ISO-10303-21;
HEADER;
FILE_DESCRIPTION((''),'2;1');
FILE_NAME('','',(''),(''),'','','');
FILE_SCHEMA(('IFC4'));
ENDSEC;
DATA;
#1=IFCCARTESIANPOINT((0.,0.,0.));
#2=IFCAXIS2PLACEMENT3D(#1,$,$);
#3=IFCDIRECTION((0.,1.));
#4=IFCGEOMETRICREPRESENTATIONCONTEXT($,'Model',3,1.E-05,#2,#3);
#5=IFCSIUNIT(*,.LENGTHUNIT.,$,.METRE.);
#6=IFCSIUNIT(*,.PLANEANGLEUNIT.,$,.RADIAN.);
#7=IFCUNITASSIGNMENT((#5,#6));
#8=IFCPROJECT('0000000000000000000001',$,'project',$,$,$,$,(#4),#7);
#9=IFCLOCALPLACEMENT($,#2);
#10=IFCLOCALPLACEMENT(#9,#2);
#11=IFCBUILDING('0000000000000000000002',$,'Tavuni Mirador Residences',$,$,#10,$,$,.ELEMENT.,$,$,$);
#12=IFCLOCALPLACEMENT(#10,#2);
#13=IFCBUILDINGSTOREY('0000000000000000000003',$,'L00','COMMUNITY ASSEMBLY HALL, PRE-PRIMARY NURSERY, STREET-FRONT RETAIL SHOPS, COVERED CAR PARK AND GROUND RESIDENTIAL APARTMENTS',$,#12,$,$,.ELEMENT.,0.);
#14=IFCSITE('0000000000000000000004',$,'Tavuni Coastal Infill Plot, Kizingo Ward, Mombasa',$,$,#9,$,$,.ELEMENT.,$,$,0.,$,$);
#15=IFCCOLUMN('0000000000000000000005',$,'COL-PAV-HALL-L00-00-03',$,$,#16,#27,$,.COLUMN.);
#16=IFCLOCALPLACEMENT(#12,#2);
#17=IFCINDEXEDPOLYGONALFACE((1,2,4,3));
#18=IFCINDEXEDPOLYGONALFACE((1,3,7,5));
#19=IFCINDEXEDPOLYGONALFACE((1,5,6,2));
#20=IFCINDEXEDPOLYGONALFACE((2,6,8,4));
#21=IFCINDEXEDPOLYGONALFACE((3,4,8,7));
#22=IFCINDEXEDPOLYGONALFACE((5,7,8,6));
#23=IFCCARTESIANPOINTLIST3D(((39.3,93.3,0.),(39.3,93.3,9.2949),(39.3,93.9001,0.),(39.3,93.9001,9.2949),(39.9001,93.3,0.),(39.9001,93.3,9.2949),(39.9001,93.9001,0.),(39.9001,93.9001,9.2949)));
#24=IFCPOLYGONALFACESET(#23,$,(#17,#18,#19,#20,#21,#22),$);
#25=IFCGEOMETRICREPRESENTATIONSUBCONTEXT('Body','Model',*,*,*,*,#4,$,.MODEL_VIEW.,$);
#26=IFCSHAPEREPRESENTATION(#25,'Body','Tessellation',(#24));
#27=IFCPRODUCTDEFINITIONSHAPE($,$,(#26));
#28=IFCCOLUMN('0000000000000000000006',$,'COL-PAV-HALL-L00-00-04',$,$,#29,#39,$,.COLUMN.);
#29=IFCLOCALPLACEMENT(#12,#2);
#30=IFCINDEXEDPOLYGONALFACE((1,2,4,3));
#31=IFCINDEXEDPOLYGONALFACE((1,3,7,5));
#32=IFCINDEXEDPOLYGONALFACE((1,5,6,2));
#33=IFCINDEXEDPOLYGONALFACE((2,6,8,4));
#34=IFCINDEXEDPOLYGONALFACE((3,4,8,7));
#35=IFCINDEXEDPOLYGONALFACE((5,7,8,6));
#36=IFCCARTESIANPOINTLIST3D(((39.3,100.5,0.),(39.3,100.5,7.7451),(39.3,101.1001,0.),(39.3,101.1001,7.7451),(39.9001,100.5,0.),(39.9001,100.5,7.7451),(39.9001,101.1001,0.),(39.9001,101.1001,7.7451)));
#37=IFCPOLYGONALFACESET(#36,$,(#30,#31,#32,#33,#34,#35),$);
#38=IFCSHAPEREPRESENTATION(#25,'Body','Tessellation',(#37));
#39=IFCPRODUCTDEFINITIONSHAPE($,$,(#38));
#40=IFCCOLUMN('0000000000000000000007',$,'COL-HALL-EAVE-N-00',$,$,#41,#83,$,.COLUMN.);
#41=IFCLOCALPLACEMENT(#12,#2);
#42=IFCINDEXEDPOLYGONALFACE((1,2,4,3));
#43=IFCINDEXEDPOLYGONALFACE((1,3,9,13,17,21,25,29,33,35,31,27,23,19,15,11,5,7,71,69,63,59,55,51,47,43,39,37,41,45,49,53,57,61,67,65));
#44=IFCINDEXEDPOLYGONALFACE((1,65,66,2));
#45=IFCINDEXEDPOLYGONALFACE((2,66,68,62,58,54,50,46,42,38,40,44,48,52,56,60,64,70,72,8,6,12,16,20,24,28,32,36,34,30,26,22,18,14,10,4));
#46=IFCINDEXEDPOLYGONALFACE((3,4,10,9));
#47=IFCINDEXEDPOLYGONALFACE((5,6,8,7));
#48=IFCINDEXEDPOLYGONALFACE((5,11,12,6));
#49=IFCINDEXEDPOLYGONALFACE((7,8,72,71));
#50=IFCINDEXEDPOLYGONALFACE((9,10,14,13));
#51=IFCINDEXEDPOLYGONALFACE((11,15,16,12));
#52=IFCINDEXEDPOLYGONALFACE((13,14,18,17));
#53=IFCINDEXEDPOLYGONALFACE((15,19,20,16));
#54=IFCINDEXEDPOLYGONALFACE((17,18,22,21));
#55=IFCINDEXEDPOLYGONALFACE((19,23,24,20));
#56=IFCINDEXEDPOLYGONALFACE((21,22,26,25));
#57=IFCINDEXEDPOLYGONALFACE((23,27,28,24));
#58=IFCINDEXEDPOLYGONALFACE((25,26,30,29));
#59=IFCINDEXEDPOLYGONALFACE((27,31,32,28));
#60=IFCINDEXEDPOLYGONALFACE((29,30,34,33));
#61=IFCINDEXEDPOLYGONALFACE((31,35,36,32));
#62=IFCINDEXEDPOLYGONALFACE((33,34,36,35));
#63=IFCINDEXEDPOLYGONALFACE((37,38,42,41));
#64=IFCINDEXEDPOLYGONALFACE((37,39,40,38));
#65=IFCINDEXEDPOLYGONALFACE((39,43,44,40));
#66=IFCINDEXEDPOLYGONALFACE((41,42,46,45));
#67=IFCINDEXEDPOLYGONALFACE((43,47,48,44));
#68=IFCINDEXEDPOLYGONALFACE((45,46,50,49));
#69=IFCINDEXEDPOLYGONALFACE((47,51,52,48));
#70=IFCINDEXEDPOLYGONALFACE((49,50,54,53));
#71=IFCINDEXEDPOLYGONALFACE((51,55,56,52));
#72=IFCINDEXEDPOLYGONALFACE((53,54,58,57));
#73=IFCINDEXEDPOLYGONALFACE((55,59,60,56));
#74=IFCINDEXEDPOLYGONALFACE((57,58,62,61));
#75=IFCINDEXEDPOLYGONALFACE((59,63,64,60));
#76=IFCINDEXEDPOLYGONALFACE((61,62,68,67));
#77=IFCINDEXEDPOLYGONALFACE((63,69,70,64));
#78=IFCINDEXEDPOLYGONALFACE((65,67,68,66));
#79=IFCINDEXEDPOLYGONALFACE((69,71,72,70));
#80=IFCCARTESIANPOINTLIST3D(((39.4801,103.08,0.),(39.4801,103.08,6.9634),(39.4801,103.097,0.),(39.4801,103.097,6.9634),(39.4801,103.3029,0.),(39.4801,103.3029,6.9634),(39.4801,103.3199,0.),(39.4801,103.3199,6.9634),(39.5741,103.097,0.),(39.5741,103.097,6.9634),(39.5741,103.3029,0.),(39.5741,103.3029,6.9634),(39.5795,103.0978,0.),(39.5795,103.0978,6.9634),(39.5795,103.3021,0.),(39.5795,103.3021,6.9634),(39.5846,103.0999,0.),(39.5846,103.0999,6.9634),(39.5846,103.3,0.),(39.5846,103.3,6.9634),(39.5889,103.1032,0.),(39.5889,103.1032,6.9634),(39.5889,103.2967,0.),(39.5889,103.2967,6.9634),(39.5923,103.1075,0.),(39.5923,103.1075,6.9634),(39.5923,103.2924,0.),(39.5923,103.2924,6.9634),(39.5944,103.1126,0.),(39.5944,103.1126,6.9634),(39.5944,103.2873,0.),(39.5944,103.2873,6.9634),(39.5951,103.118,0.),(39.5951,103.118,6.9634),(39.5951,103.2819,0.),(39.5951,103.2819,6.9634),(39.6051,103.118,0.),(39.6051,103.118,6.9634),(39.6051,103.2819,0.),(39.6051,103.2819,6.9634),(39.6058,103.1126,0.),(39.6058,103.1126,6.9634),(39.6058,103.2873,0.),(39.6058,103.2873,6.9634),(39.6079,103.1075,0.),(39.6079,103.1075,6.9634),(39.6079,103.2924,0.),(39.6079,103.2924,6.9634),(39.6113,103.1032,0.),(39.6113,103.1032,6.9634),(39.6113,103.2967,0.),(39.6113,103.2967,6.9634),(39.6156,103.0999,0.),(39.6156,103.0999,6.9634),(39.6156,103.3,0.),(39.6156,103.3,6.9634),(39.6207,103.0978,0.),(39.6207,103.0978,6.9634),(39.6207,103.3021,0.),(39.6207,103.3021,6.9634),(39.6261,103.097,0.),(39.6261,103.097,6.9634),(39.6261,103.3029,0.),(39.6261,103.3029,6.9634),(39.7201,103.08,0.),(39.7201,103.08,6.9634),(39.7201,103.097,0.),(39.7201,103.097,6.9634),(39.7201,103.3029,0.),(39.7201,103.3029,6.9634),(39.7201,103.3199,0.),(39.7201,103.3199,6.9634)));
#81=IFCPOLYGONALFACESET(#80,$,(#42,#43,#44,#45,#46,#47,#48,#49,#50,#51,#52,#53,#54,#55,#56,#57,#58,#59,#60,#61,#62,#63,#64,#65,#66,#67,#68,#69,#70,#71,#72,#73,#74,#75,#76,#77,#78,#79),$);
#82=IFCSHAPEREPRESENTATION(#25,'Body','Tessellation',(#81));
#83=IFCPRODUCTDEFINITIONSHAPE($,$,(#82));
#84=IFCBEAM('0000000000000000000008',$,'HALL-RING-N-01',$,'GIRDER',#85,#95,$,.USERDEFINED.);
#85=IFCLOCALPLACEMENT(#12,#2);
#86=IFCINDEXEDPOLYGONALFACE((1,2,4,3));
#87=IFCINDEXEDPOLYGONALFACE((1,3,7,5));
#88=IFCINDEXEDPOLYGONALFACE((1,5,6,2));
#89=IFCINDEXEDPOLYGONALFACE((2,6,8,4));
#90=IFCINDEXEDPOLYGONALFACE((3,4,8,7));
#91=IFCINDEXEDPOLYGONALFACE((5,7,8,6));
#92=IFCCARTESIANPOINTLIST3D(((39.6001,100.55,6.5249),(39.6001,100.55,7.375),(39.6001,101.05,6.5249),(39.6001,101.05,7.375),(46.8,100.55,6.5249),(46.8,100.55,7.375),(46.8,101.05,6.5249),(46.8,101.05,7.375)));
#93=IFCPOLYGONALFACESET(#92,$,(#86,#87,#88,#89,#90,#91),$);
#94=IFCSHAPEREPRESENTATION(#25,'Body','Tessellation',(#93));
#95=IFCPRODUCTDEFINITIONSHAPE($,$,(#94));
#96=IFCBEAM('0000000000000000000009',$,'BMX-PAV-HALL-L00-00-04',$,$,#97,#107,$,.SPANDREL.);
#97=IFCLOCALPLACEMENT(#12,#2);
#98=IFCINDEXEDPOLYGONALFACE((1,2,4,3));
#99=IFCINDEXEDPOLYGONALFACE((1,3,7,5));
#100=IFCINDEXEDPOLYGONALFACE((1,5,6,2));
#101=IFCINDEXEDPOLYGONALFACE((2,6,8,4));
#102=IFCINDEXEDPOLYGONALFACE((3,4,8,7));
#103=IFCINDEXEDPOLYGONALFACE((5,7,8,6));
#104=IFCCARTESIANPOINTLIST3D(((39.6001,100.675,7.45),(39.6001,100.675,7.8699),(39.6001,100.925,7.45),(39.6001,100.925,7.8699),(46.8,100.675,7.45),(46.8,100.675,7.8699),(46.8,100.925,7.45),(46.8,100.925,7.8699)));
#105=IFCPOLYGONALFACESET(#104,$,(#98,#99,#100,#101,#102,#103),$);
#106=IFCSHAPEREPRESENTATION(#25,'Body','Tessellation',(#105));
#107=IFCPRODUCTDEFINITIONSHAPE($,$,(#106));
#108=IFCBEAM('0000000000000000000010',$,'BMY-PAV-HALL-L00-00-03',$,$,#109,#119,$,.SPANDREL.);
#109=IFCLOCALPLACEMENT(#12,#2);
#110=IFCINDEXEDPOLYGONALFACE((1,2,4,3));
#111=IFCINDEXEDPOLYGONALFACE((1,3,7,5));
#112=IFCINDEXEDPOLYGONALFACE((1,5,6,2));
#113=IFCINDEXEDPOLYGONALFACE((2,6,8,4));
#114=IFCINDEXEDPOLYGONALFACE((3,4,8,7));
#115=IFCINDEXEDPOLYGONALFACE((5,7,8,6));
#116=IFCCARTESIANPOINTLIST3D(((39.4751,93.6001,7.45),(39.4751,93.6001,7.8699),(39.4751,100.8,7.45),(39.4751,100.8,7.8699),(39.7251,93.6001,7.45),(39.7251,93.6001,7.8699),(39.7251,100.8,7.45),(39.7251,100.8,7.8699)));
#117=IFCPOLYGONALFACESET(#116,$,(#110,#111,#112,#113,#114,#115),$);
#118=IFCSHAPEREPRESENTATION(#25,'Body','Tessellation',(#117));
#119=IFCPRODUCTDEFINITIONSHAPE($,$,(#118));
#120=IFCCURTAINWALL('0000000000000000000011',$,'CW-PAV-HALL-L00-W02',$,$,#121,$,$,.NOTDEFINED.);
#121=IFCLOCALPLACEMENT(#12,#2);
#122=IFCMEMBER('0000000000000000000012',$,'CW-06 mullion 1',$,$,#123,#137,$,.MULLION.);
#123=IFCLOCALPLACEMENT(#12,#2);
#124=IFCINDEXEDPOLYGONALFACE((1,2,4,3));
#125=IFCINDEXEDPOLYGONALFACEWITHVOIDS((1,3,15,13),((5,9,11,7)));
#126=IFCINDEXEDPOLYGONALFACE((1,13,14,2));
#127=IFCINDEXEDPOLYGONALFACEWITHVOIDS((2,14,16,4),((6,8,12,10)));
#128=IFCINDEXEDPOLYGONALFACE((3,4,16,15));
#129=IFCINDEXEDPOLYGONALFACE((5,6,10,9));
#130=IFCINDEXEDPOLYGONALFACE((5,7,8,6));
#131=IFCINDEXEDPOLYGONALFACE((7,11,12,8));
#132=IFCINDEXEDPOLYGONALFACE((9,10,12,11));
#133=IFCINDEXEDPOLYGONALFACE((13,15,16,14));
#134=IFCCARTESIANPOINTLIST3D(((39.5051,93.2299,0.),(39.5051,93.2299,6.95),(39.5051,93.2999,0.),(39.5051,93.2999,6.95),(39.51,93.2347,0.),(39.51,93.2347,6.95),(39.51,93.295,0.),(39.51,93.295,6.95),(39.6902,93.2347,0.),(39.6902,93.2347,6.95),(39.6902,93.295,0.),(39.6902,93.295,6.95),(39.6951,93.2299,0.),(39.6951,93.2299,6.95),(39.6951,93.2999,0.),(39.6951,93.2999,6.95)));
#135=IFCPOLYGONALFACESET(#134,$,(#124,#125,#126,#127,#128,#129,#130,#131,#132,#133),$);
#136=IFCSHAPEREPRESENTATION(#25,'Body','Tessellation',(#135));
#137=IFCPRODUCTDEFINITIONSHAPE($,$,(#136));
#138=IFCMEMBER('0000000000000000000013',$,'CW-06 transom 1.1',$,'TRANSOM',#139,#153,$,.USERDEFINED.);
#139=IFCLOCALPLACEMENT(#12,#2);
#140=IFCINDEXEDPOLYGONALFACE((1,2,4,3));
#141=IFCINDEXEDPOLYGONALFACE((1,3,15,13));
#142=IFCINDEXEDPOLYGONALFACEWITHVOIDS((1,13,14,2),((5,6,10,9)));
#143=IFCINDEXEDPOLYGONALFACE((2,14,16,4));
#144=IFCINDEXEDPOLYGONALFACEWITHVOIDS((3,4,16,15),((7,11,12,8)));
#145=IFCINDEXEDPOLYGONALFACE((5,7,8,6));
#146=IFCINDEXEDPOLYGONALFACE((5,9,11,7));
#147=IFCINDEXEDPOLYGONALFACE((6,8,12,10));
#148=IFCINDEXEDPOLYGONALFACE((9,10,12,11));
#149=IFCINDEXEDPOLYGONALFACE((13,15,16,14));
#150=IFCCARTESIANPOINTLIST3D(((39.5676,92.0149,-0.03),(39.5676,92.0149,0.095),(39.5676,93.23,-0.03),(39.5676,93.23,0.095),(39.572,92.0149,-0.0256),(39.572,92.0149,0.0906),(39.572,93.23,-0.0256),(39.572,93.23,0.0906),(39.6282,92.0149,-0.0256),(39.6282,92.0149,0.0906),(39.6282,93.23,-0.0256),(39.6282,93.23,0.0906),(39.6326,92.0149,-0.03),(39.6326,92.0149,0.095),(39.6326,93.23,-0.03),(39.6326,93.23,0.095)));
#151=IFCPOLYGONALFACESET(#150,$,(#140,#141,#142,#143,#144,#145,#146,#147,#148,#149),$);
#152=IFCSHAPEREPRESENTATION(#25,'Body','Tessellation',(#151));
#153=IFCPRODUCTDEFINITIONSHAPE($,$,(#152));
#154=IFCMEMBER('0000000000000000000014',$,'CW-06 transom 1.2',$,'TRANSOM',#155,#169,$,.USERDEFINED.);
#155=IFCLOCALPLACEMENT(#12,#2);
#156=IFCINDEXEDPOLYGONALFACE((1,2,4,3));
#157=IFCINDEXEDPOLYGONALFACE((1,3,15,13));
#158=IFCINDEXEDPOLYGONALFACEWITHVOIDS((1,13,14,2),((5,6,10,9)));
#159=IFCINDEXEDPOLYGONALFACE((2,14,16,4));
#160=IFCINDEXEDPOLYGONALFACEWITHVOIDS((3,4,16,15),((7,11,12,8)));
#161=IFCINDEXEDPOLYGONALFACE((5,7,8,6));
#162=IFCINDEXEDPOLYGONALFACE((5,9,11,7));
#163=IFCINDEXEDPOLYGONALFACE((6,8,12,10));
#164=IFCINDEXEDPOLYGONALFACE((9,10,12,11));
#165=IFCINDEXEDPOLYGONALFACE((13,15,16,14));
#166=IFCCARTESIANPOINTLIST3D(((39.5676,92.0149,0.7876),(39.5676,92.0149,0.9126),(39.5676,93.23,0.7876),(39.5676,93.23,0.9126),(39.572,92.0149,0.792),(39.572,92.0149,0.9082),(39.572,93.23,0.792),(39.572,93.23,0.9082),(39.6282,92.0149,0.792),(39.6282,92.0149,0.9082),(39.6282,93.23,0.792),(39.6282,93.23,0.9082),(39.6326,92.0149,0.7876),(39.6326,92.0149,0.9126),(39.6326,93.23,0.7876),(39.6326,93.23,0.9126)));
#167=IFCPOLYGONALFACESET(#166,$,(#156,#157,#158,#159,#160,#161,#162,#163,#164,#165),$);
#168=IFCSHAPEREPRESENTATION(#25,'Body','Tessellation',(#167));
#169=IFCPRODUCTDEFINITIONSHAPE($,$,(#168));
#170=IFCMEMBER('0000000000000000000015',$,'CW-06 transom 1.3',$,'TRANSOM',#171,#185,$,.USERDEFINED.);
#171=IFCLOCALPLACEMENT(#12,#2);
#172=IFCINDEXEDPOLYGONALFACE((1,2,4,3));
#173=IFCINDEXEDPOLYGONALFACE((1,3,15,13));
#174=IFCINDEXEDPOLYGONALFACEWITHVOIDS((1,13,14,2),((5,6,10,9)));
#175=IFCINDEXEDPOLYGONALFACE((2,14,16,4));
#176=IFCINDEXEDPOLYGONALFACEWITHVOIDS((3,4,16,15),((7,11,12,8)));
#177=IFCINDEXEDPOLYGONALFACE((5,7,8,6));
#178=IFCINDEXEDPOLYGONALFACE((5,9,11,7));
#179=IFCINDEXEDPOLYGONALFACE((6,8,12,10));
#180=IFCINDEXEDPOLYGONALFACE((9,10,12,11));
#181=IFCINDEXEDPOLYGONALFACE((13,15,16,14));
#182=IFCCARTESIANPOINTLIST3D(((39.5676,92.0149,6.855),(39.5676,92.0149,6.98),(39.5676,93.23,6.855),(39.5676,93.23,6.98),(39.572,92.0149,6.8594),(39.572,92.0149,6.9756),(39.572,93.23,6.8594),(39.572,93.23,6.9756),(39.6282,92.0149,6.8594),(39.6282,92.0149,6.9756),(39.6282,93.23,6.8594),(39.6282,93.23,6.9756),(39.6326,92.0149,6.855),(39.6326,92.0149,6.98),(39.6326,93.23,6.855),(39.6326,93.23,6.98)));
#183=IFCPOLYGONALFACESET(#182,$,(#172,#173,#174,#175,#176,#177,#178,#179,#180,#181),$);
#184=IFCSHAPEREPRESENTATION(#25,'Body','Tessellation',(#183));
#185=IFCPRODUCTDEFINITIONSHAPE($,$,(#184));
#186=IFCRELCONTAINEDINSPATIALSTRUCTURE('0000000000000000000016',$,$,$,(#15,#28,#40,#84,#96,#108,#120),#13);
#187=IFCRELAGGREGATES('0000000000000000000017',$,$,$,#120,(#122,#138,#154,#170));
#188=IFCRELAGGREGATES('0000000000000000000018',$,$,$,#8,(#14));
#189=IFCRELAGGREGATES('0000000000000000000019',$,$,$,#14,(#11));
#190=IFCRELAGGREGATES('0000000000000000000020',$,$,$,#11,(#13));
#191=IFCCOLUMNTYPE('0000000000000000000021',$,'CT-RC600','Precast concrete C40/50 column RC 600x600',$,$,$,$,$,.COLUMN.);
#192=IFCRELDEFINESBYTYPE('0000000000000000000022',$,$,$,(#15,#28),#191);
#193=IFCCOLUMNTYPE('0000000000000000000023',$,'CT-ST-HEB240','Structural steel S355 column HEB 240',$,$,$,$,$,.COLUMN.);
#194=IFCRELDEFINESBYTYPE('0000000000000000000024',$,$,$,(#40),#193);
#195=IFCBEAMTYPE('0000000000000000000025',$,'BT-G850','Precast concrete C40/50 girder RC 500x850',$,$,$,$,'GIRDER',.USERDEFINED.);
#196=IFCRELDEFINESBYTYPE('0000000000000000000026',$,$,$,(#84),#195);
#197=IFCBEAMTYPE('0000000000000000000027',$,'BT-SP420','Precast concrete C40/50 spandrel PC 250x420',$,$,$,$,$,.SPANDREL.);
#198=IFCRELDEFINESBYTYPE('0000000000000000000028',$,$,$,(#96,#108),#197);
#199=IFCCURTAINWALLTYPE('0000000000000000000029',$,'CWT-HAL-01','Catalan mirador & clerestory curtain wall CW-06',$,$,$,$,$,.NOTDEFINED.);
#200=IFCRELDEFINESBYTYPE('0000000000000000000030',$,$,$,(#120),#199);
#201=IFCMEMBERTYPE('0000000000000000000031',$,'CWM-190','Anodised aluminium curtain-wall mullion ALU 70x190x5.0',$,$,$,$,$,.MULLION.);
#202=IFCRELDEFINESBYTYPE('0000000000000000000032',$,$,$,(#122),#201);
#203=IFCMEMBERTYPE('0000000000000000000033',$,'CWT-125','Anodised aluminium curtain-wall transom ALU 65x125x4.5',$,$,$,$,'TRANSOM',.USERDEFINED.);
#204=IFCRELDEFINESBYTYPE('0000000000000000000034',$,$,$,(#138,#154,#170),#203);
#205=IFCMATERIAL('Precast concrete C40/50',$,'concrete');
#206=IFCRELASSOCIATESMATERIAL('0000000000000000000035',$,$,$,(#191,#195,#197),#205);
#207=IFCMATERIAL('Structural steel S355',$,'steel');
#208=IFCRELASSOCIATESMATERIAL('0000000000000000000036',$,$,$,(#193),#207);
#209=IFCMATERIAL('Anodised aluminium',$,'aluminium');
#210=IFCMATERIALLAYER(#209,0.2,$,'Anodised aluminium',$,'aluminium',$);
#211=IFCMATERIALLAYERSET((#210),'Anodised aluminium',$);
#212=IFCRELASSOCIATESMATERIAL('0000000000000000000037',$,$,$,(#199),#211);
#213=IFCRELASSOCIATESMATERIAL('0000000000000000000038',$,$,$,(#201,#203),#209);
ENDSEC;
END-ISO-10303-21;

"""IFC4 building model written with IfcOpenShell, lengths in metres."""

from ifc_helpers import new_model, si_unit, direction, frame, origin, origin_2d, place, context, subcontext, project, spatial, rectangle, hollow_rectangle, i_section, extrude, material, layer, layer_set, material_profile, profile_set, type_object, element, aggregate, save


model = new_model("IFC4")

# Units and contexts
model_context = context("Model", 3, precision=1e-05, world=origin(), true_north=direction((0.0, 1.0)))
body_context = subcontext(model_context, "Body", "Model", "MODEL_VIEW")
ifc_project = project(units=[si_unit("LENGTHUNIT", "METRE"), si_unit("PLANEANGLEUNIT", "RADIAN")], contexts=[model_context])

# Site, building, storey
site_placement = place(None, origin())
site = spatial("IfcSite", under=ifc_project, at=site_placement, Name="Tavuni Coastal Infill Plot, Kizingo Ward, Mombasa", CompositionType="ELEMENT", RefElevation=0.0)
building_placement = place(site_placement, origin())
building = spatial("IfcBuilding", under=site, at=building_placement, Name="Tavuni Mirador Residences", CompositionType="ELEMENT")
storey_placement = place(building_placement, origin())
storey = spatial("IfcBuildingStorey", under=building, at=storey_placement, Name="L00", Description="COMMUNITY ASSEMBLY HALL, PRE-PRIMARY NURSERY, STREET-FRONT RETAIL SHOPS, COVERED CAR PARK AND GROUND RESIDENTIAL APARTMENTS", CompositionType="ELEMENT", Elevation=0.0)

# Columns
ifc_material_1 = material(Name="Precast concrete C40/50", Category="concrete")
ifc_material_profile_1 = material_profile(ifc_material_1, rectangle(XDim=0.6001, YDim=0.6001, at=origin_2d()), Name="RC 600x600", Category="concrete")
ifc_profile_set_1 = profile_set([ifc_material_profile_1], Name="Precast concrete C40/50")
column_type_1 = type_object("IfcColumnType", Name="CT-RC600", Description="Precast concrete C40/50 column RC 600x600", PredefinedType="COLUMN", material=ifc_profile_set_1)
column_1_placement = place(storey_placement, frame((39.6001, 93.6001, 0.0), z_axis=(0.0, 0.0, 1.0), x_axis=(1.0, 0.0, 0.0)))
element("IfcColumn", 1, at=column_1_placement, inside=storey, type_object=column_type_1, Name="COL-PAV-HALL-L00-00-03", PredefinedType="COLUMN", context=body_context, shape_type="SweptSolid", body=[
    extrude(rectangle(XDim=0.6001, YDim=0.6001, at=origin_2d()), origin(), (0.0, 0.0, 1.0), 9.2949),
])
column_2_placement = place(storey_placement, frame((39.6001, 100.8, 0.0), z_axis=(0.0, 0.0, 1.0), x_axis=(1.0, 0.0, 0.0)))
element("IfcColumn", 2, at=column_2_placement, inside=storey, type_object=column_type_1, Name="COL-PAV-HALL-L00-00-04", PredefinedType="COLUMN", context=body_context, shape_type="SweptSolid", body=[
    extrude(rectangle(XDim=0.6001, YDim=0.6001, at=origin_2d()), origin(), (0.0, 0.0, 1.0), 7.7451),
])
ifc_material_2 = material(Name="Structural steel S355", Category="steel")
ifc_material_profile_2 = material_profile(ifc_material_2, i_section(OverallWidth=0.24, OverallDepth=0.24, WebThickness=0.01, FlangeThickness=0.0171, FilletRadius=0.021, at=origin_2d()), Name="HEB 240", Category="steel")
ifc_profile_set_2 = profile_set([ifc_material_profile_2], Name="Structural steel S355")
column_type_2 = type_object("IfcColumnType", Name="CT-ST-HEB240", Description="Structural steel S355 column HEB 240", PredefinedType="COLUMN", material=ifc_profile_set_2)
column_3_placement = place(storey_placement, frame((39.6001, 103.2, 0.0), z_axis=(0.0, 0.0, 1.0), x_axis=(1.0, 0.0, 0.0)))
element("IfcColumn", 3, at=column_3_placement, inside=storey, type_object=column_type_2, Name="COL-HALL-EAVE-N-00", PredefinedType="COLUMN", context=body_context, shape_type="SweptSolid", body=[
    extrude(i_section(OverallWidth=0.24, OverallDepth=0.24, WebThickness=0.01, FlangeThickness=0.0171, FilletRadius=0.021, at=origin_2d()), origin(), (0.0, 0.0, 1.0), 6.9634),
])

# Beams
ifc_material_profile_3 = material_profile(ifc_material_1, rectangle(XDim=0.5, YDim=0.8501, at=origin_2d()), Name="RC 500x850", Category="concrete")
ifc_profile_set_3 = profile_set([ifc_material_profile_3], Name="Precast concrete C40/50")
beam_type_1 = type_object("IfcBeamType", Name="BT-G850", Description="Precast concrete C40/50 girder RC 500x850", ElementType="GIRDER", PredefinedType="USERDEFINED", material=ifc_profile_set_3)
beam_placement = place(storey_placement, frame((39.6001, 100.8, 6.95), z_axis=(1.0, 0.0, 0.0), x_axis=(0.0, 1.0, 0.0)))
element("IfcBeam", 4, at=beam_placement, inside=storey, type_object=beam_type_1, Name="HALL-RING-N-01", ObjectType="GIRDER", PredefinedType="USERDEFINED", context=body_context, shape_type="SweptSolid", body=[
    extrude(rectangle(XDim=0.5, YDim=0.8501, at=origin_2d()), origin(), (0.0, 0.0, 1.0), 7.2),
])
ifc_material_profile_4 = material_profile(ifc_material_1, rectangle(XDim=0.25, YDim=0.4199, at=origin_2d()), Name="PC 250x420", Category="concrete")
ifc_profile_set_4 = profile_set([ifc_material_profile_4], Name="Precast concrete C40/50")
beam_type_2 = type_object("IfcBeamType", Name="BT-SP420", Description="Precast concrete C40/50 spandrel PC 250x420", PredefinedType="SPANDREL", material=ifc_profile_set_4)
for number, where, z_axis, x_axis, name in (
    (5, (39.6001, 100.8, 7.6599), (1.0, 0.0, 0.0), (0.0, 1.0, 0.0), "BMX-PAV-HALL-L00-00-04"),
    (6, (39.6001, 93.6001, 7.6599), (0.0, 1.0, 0.0), (-1.0, 0.0, 0.0), "BMY-PAV-HALL-L00-00-03"),
):
    element("IfcBeam", number, at=place(storey_placement, frame(where, z_axis=z_axis, x_axis=x_axis)), inside=storey, type_object=beam_type_2, Name=name, PredefinedType="SPANDREL", context=body_context, shape_type="SweptSolid", body=[
        extrude(rectangle(XDim=0.25, YDim=0.4199, at=origin_2d()), origin(), (0.0, 0.0, 1.0), 7.2),
    ])

# Curtain wall, members
ifc_material_3 = material(Name="Anodised aluminium", Category="aluminium")
ifc_layer_1 = layer(ifc_material_3, 0.2, Name="Anodised aluminium", Category="aluminium")
ifc_layer_set_1 = layer_set([ifc_layer_1], Name="Anodised aluminium")
curtain_wall_type = type_object("IfcCurtainWallType", Name="CWT-HAL-01", Description="Catalan mirador & clerestory curtain wall CW-06", PredefinedType="NOTDEFINED", material=ifc_layer_set_1)
curtain_wall_placement = place(storey_placement, origin())
curtain_wall = element("IfcCurtainWall", 7, at=curtain_wall_placement, inside=storey, type_object=curtain_wall_type, Name="CW-PAV-HALL-L00-W02", PredefinedType="NOTDEFINED")
ifc_material_profile_5 = material_profile(ifc_material_3, hollow_rectangle(XDim=0.0701, YDim=0.1899, WallThickness=0.0049, at=origin_2d()), Name="ALU 70x190x5.0", Category="aluminium")
ifc_profile_set_5 = profile_set([ifc_material_profile_5], Name="Anodised aluminium")
member_type_1 = type_object("IfcMemberType", Name="CWM-190", Description="Anodised aluminium curtain-wall mullion ALU 70x190x5.0", PredefinedType="MULLION", material=ifc_profile_set_5)
member_1_placement = place(storey_placement, frame((39.6001, 93.2649, 0.0), z_axis=(0.0, 0.0, 1.0), x_axis=(0.0, -1.0, 0.0)))
member_1 = element("IfcMember", 8, at=member_1_placement, type_object=member_type_1, Name="CW-06 mullion 1", PredefinedType="MULLION", context=body_context, shape_type="SweptSolid", body=[
    extrude(hollow_rectangle(XDim=0.0701, YDim=0.1899, WallThickness=0.0049, at=origin_2d()), origin(), (0.0, 0.0, 1.0), 6.95),
])
ifc_material_profile_6 = material_profile(ifc_material_3, hollow_rectangle(XDim=0.0649, YDim=0.125, WallThickness=0.0044, at=origin_2d()), Name="ALU 65x125x4.5", Category="aluminium")
ifc_profile_set_6 = profile_set([ifc_material_profile_6], Name="Anodised aluminium")
member_type_2 = type_object("IfcMemberType", Name="CWT-125", Description="Anodised aluminium curtain-wall transom ALU 65x125x4.5", ElementType="TRANSOM", PredefinedType="USERDEFINED", material=ifc_profile_set_6)
member_2_placement = place(storey_placement, frame((39.6001, 93.23, 0.0325), z_axis=(0.0, -1.0, 0.0), x_axis=(1.0, 0.0, 0.0)))
member_2 = element("IfcMember", 9, at=member_2_placement, type_object=member_type_2, Name="CW-06 transom 1.1", ObjectType="TRANSOM", PredefinedType="USERDEFINED", context=body_context, shape_type="SweptSolid", body=[
    extrude(hollow_rectangle(XDim=0.0649, YDim=0.125, WallThickness=0.0044, at=origin_2d()), origin(), (0.0, 0.0, 1.0), 1.2151),
])
member_3_placement = place(storey_placement, frame((39.6001, 93.23, 0.8501), z_axis=(0.0, -1.0, 0.0), x_axis=(1.0, 0.0, 0.0)))
member_3 = element("IfcMember", 10, at=member_3_placement, type_object=member_type_2, Name="CW-06 transom 1.2", ObjectType="TRANSOM", PredefinedType="USERDEFINED", context=body_context, shape_type="SweptSolid", body=[
    extrude(hollow_rectangle(XDim=0.0649, YDim=0.125, WallThickness=0.0044, at=origin_2d()), origin(), (0.0, 0.0, 1.0), 1.2151),
])
member_4_placement = place(storey_placement, frame((39.6001, 93.23, 6.9175), z_axis=(0.0, -1.0, 0.0), x_axis=(1.0, 0.0, 0.0)))
member_4 = element("IfcMember", 11, at=member_4_placement, type_object=member_type_2, Name="CW-06 transom 1.3", ObjectType="TRANSOM", PredefinedType="USERDEFINED", context=body_context, shape_type="SweptSolid", body=[
    extrude(hollow_rectangle(XDim=0.0649, YDim=0.125, WallThickness=0.0044, at=origin_2d()), origin(), (0.0, 0.0, 1.0), 1.2151),
])

aggregate(curtain_wall, [member_1, member_2, member_3, member_4])

save(model, "model.ifc")
